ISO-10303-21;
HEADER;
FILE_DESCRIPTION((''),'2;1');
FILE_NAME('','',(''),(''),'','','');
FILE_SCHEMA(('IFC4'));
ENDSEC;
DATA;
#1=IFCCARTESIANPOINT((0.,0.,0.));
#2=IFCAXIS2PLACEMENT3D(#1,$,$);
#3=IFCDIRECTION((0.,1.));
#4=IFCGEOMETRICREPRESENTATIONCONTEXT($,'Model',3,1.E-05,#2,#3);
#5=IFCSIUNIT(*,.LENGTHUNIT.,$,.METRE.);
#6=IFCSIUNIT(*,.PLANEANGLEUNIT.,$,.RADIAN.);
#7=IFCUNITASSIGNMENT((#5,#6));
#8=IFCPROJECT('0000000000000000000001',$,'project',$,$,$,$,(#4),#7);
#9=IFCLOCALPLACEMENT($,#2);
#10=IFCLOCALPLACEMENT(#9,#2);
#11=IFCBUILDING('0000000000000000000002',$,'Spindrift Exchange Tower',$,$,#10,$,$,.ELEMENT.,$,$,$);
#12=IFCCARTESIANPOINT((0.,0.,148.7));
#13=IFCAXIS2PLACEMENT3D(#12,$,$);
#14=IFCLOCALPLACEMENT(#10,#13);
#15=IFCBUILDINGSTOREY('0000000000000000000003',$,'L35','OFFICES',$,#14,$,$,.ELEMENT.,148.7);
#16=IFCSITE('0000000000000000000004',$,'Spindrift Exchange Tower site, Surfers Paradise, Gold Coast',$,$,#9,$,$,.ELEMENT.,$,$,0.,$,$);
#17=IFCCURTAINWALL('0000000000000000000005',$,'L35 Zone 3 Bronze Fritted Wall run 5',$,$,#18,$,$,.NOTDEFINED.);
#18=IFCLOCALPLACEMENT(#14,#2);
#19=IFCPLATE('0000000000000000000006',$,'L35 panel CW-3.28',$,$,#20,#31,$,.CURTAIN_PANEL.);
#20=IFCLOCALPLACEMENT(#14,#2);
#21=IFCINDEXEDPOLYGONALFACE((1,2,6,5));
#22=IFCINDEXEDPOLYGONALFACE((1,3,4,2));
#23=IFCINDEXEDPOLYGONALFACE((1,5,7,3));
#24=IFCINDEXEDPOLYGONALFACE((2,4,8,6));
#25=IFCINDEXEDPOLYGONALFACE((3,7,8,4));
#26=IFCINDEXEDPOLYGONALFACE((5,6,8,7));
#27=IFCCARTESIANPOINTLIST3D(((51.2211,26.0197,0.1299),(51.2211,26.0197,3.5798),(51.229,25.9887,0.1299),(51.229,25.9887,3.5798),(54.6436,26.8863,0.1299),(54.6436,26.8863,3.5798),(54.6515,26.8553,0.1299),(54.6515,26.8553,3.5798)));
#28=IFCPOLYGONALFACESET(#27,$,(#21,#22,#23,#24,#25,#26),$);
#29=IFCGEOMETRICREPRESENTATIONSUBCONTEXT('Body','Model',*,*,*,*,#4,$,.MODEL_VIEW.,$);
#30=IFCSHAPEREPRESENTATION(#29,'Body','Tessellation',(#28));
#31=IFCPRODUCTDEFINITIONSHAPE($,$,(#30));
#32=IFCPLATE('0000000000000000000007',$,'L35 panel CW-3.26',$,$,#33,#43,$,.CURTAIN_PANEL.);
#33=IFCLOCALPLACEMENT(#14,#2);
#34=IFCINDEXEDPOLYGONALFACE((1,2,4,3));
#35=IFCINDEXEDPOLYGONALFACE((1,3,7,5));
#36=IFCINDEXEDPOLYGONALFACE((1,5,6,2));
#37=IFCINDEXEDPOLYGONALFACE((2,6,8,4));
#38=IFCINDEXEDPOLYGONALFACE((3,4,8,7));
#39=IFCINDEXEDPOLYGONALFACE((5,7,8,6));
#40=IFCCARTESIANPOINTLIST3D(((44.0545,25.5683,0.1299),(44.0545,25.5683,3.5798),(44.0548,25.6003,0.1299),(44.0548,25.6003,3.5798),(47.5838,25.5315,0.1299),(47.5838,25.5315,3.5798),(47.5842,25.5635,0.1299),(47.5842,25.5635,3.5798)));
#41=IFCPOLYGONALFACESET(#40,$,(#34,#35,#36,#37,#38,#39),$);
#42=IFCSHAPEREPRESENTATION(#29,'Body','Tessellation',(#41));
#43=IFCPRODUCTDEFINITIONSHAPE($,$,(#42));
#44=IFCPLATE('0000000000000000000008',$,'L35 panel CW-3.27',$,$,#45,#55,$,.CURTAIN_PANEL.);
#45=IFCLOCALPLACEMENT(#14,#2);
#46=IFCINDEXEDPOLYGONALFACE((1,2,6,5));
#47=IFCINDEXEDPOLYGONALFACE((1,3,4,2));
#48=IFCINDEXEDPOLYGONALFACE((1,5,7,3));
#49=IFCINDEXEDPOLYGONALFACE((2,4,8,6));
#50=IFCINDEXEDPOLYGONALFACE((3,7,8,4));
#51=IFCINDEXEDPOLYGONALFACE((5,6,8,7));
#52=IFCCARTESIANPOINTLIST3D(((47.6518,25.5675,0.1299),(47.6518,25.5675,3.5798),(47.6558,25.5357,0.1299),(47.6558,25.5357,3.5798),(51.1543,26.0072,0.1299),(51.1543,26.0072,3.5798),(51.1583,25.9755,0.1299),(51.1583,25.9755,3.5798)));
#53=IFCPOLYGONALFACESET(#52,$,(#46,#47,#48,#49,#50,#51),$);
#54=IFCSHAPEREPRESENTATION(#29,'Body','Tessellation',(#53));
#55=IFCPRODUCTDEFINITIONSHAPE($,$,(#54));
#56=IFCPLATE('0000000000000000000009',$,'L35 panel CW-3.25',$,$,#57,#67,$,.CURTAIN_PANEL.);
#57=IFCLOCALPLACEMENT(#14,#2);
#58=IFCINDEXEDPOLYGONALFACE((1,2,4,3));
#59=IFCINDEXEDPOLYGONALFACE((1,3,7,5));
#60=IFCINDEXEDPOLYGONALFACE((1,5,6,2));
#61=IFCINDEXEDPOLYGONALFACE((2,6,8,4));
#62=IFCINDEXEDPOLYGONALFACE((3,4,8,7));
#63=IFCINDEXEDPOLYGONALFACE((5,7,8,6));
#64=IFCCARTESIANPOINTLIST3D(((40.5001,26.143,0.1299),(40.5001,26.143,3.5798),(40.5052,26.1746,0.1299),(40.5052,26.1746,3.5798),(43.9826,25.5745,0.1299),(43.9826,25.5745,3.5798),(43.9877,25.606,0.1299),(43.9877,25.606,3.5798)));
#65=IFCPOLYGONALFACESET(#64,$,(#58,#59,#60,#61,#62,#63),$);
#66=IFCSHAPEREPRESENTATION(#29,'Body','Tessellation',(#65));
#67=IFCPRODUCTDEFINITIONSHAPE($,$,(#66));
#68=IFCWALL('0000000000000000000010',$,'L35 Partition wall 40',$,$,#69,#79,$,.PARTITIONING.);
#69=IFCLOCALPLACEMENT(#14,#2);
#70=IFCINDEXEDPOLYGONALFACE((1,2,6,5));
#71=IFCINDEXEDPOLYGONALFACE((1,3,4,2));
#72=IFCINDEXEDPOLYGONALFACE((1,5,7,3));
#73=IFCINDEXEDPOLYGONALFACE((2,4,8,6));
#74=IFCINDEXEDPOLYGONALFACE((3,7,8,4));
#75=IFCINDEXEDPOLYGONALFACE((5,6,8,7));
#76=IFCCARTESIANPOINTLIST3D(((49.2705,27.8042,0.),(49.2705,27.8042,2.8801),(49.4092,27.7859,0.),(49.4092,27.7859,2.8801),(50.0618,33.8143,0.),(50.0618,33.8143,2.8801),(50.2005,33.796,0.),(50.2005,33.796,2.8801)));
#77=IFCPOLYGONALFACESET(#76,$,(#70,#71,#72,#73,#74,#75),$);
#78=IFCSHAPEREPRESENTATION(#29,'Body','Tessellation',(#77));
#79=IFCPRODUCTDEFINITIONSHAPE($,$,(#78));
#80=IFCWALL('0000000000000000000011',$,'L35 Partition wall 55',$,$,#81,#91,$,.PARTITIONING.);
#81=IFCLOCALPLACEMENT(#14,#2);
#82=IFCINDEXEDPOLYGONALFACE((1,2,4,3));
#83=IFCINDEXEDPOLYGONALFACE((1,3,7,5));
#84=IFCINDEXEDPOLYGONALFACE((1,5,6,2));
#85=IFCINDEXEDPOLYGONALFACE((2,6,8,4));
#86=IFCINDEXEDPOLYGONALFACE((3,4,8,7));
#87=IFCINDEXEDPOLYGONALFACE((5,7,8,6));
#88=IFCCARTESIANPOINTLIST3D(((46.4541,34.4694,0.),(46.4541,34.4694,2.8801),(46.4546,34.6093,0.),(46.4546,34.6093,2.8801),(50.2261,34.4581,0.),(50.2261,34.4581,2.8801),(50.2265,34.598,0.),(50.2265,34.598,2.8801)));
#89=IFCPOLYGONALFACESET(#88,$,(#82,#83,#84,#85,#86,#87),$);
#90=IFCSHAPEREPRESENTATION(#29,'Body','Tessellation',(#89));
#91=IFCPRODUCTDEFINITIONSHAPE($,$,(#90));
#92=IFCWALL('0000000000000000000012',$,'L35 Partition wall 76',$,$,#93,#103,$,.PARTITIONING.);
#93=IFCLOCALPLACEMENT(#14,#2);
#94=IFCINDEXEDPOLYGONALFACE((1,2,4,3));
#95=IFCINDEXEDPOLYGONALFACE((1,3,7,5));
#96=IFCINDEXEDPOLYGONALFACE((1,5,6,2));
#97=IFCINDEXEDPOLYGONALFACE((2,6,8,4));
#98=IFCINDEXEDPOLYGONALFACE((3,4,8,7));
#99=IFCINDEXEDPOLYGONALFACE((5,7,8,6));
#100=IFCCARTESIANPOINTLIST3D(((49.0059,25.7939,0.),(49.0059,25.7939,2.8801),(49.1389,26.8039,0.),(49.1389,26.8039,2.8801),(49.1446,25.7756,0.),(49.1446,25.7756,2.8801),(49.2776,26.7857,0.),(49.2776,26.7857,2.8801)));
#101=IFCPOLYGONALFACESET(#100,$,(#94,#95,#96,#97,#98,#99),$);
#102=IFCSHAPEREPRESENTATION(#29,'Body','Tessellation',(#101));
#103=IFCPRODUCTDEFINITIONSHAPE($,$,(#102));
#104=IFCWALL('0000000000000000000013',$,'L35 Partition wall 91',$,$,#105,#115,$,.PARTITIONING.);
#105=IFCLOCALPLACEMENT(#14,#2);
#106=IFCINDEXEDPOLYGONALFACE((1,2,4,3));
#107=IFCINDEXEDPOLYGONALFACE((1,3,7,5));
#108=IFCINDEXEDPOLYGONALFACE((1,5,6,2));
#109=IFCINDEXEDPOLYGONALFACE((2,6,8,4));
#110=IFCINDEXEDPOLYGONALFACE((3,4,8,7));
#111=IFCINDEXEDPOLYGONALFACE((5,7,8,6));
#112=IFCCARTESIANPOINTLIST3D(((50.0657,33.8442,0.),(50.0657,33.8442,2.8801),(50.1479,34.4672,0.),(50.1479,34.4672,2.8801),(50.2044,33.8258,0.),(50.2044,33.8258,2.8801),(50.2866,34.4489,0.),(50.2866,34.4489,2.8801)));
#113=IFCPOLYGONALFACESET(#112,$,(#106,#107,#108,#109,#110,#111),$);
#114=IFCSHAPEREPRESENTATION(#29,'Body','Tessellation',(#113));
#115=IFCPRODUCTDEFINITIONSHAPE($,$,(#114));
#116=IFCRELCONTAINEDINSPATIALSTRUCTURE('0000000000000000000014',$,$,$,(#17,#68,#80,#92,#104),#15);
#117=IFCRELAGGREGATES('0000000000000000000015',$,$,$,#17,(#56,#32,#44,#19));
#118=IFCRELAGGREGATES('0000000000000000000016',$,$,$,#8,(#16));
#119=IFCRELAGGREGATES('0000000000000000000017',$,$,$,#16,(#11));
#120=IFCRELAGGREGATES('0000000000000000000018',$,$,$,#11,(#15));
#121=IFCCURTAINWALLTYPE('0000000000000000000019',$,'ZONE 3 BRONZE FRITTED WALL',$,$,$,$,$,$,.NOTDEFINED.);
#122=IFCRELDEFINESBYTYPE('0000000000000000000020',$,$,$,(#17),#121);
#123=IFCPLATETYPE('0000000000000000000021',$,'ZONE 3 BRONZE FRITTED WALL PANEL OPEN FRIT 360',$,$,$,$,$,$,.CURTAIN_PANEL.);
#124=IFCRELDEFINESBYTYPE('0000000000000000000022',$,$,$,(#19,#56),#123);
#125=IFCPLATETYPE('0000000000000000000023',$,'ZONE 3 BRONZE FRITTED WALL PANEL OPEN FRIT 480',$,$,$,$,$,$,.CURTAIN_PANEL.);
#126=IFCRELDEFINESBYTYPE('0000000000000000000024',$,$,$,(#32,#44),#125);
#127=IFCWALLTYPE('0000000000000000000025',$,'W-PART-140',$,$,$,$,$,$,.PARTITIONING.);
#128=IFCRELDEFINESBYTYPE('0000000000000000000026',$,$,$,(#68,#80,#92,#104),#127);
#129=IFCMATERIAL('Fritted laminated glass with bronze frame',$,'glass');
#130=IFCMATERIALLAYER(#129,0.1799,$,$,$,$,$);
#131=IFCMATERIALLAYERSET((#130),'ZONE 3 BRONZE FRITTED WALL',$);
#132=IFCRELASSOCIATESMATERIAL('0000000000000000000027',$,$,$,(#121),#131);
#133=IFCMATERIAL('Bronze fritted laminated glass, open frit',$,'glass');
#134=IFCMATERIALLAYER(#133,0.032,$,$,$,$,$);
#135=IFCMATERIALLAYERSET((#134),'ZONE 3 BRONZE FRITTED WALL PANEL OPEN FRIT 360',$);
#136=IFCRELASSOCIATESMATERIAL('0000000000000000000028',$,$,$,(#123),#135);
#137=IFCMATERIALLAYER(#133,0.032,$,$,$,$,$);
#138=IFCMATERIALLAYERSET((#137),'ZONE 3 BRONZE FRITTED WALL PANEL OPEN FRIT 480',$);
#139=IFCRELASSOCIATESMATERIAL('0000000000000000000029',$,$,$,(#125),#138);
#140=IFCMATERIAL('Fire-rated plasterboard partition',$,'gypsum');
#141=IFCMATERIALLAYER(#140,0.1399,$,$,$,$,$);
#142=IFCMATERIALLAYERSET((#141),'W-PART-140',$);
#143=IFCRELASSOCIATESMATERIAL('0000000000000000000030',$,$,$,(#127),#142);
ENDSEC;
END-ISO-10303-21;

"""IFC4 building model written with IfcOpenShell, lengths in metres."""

from ifc_helpers import new_model, si_unit, direction, frame, frame_2d, origin, origin_2d, place, context, subcontext, project, spatial, rectangle, extrude, source, transform, mapped, material, layer, layer_set, type_object, element, aggregate, save


model = new_model("IFC4")

# Units and contexts
model_context = context("Model", 3, precision=1e-05, world=origin(), true_north=direction((0.0, 1.0)))
body_context = subcontext(model_context, "Body", "Model", "MODEL_VIEW")
ifc_project = project(units=[si_unit("LENGTHUNIT", "METRE"), si_unit("PLANEANGLEUNIT", "RADIAN")], contexts=[model_context])

# Site, building, storey
site_placement = place(None, origin())
site = spatial("IfcSite", under=ifc_project, at=site_placement, Name="Spindrift Exchange Tower site, Surfers Paradise, Gold Coast", CompositionType="ELEMENT", RefElevation=0.0)
building_placement = place(site_placement, origin())
building = spatial("IfcBuilding", under=site, at=building_placement, Name="Spindrift Exchange Tower", CompositionType="ELEMENT")
storey_placement = place(building_placement, frame((0.0, 0.0, 148.7)))
storey = spatial("IfcBuildingStorey", under=building, at=storey_placement, Name="L35", Description="OFFICES", CompositionType="ELEMENT", Elevation=148.7)

# Curtain wall, plates
ifc_material_1 = material(Name="Fritted laminated glass with bronze frame", Category="glass")
ifc_layer_1 = layer(ifc_material_1, 0.1799)
ifc_layer_set_1 = layer_set([ifc_layer_1], Name="ZONE 3 BRONZE FRITTED WALL")
curtain_wall_type = type_object("IfcCurtainWallType", Name="ZONE 3 BRONZE FRITTED WALL", PredefinedType="NOTDEFINED", material=ifc_layer_set_1)
curtain_wall_placement = place(storey_placement, origin())
curtain_wall = element("IfcCurtainWall", 1, at=curtain_wall_placement, inside=storey, type_object=curtain_wall_type, Name="L35 Zone 3 Bronze Fritted Wall run 5", PredefinedType="NOTDEFINED")
ifc_material_2 = material(Name="Bronze fritted laminated glass, open frit", Category="glass")
ifc_layer_2 = layer(ifc_material_2, 0.032)
ifc_layer_set_2 = layer_set([ifc_layer_2], Name="ZONE 3 BRONZE FRITTED WALL PANEL OPEN FRIT 360")
plate_type_1 = type_object("IfcPlateType", Name="ZONE 3 BRONZE FRITTED WALL PANEL OPEN FRIT 360", PredefinedType="CURTAIN_PANEL", material=ifc_layer_set_2)
shared_shape_1 = source(origin(), body_context, "Body", "SweptSolid", [
    extrude(rectangle(XDim=3.5305, YDim=0.032, at=origin_2d()), origin(), (0.0, 0.0, 1.0), 3.45),
])
plate_1_placement = place(storey_placement, frame((52.9363, 26.4375, 0.1299), z_axis=(0.0, 0.0, 1.0), x_axis=(0.969405, 0.245468, 0.0)))
plate_1 = element("IfcPlate", 2, at=plate_1_placement, type_object=plate_type_1, Name="L35 panel CW-3.28", PredefinedType="CURTAIN_PANEL", context=body_context, shape_type="MappedRepresentation", body=[
    mapped(shared_shape_1, transform((0.0, 0.0, 0.0), scale=1.0)),
])
ifc_layer_3 = layer(ifc_material_2, 0.032)
ifc_layer_set_3 = layer_set([ifc_layer_3], Name="ZONE 3 BRONZE FRITTED WALL PANEL OPEN FRIT 480")
plate_type_2 = type_object("IfcPlateType", Name="ZONE 3 BRONZE FRITTED WALL PANEL OPEN FRIT 480", PredefinedType="CURTAIN_PANEL", material=ifc_layer_set_3)
shared_shape_2 = source(origin(), body_context, "Body", "SweptSolid", [
    extrude(rectangle(XDim=3.5295, YDim=0.032, at=origin_2d()), origin(), (0.0, 0.0, 1.0), 3.45),
])
plate_2_placement = place(storey_placement, frame((45.8193, 25.5659, 0.1299), z_axis=(0.0, 0.0, 1.0), x_axis=(0.999946, -0.010418, 0.0)))
plate_2 = element("IfcPlate", 3, at=plate_2_placement, type_object=plate_type_2, Name="L35 panel CW-3.26", PredefinedType="CURTAIN_PANEL", context=body_context, shape_type="MappedRepresentation", body=[
    mapped(shared_shape_2, transform((0.0, 0.0, 0.0), scale=1.0)),
])
shared_shape_3 = source(origin(), body_context, "Body", "SweptSolid", [
    extrude(rectangle(XDim=3.53, YDim=0.032, at=origin_2d()), origin(), (0.0, 0.0, 1.0), 3.45),
])
plate_3_placement = place(storey_placement, frame((49.405, 25.7715, 0.1299), z_axis=(0.0, 0.0, 1.0), x_axis=(0.99221, 0.124578, 0.0)))
plate_3 = element("IfcPlate", 4, at=plate_3_placement, type_object=plate_type_2, Name="L35 panel CW-3.27", PredefinedType="CURTAIN_PANEL", context=body_context, shape_type="MappedRepresentation", body=[
    mapped(shared_shape_3, transform((0.0, 0.0, 0.0), scale=1.0)),
])
shared_shape_4 = source(origin(), body_context, "Body", "SweptSolid", [
    extrude(rectangle(XDim=3.5286, YDim=0.032, at=origin_2d()), origin(), (0.0, 0.0, 1.0), 3.45),
])
plate_4_placement = place(storey_placement, frame((42.2439, 25.8745, 0.1299), z_axis=(0.0, 0.0, 1.0), x_axis=(0.986935, -0.161118, 0.0)))
plate_4 = element("IfcPlate", 5, at=plate_4_placement, type_object=plate_type_1, Name="L35 panel CW-3.25", PredefinedType="CURTAIN_PANEL", context=body_context, shape_type="MappedRepresentation", body=[
    mapped(shared_shape_4, transform((0.0, 0.0, 0.0), scale=1.0)),
])
aggregate(curtain_wall, [plate_4, plate_2, plate_3, plate_1])

# Walls
ifc_material_3 = material(Name="Fire-rated plasterboard partition", Category="gypsum")
ifc_layer_4 = layer(ifc_material_3, 0.1399)
ifc_layer_set_4 = layer_set([ifc_layer_4], Name="W-PART-140")
wall_type = type_object("IfcWallType", Name="W-PART-140", PredefinedType="PARTITIONING", material=ifc_layer_set_4)
wall_1_placement = place(storey_placement, frame((50.1311, 33.8052, 0.0), z_axis=(0.0, 0.0, 1.0), x_axis=(-0.130525, -0.991445, 0.0)))
element("IfcWall", 6, at=wall_1_placement, inside=storey, type_object=wall_type, Name="L35 Partition wall 40", PredefinedType="PARTITIONING", context=body_context, shape_type="SweptSolid", body=[
    extrude(rectangle(XDim=6.062, YDim=0.1399, at=frame_2d((3.031, 0.0))), origin(), (0.0, 0.0, 1.0), 2.8801),
])
wall_2_placement = place(storey_placement, frame((46.4543, 34.5393, 0.0), z_axis=(0.0, 0.0, 1.0), x_axis=(0.999996, -0.002977, 0.0)))
element("IfcWall", 7, at=wall_2_placement, inside=storey, type_object=wall_type, Name="L35 Partition wall 55", PredefinedType="PARTITIONING", context=body_context, shape_type="SweptSolid", body=[
    extrude(rectangle(XDim=3.772, YDim=0.1399, at=frame_2d((1.886, 0.0))), origin(), (0.0, 0.0, 1.0), 2.8801),
])
wall_3_placement = place(storey_placement, frame((49.2083, 26.7947, 0.0), z_axis=(0.0, 0.0, 1.0), x_axis=(-0.130609, -0.991434, 0.0)))
element("IfcWall", 8, at=wall_3_placement, inside=storey, type_object=wall_type, Name="L35 Partition wall 76", PredefinedType="PARTITIONING", context=body_context, shape_type="SweptSolid", body=[
    extrude(rectangle(XDim=1.0188, YDim=0.1399, at=frame_2d((0.5093, 0.0))), origin(), (0.0, 0.0, 1.0), 2.8801),
])
wall_4_placement = place(storey_placement, frame((50.2173, 34.458, 0.0), z_axis=(0.0, 0.0, 1.0), x_axis=(-0.130917, -0.991393, 0.0)))
element("IfcWall", 9, at=wall_4_placement, inside=storey, type_object=wall_type, Name="L35 Partition wall 91", PredefinedType="PARTITIONING", context=body_context, shape_type="SweptSolid", body=[
    extrude(rectangle(XDim=0.6284, YDim=0.1399, at=frame_2d((0.3142, 0.0))), origin(), (0.0, 0.0, 1.0), 2.8801),
])

save(model, "model.ifc")
